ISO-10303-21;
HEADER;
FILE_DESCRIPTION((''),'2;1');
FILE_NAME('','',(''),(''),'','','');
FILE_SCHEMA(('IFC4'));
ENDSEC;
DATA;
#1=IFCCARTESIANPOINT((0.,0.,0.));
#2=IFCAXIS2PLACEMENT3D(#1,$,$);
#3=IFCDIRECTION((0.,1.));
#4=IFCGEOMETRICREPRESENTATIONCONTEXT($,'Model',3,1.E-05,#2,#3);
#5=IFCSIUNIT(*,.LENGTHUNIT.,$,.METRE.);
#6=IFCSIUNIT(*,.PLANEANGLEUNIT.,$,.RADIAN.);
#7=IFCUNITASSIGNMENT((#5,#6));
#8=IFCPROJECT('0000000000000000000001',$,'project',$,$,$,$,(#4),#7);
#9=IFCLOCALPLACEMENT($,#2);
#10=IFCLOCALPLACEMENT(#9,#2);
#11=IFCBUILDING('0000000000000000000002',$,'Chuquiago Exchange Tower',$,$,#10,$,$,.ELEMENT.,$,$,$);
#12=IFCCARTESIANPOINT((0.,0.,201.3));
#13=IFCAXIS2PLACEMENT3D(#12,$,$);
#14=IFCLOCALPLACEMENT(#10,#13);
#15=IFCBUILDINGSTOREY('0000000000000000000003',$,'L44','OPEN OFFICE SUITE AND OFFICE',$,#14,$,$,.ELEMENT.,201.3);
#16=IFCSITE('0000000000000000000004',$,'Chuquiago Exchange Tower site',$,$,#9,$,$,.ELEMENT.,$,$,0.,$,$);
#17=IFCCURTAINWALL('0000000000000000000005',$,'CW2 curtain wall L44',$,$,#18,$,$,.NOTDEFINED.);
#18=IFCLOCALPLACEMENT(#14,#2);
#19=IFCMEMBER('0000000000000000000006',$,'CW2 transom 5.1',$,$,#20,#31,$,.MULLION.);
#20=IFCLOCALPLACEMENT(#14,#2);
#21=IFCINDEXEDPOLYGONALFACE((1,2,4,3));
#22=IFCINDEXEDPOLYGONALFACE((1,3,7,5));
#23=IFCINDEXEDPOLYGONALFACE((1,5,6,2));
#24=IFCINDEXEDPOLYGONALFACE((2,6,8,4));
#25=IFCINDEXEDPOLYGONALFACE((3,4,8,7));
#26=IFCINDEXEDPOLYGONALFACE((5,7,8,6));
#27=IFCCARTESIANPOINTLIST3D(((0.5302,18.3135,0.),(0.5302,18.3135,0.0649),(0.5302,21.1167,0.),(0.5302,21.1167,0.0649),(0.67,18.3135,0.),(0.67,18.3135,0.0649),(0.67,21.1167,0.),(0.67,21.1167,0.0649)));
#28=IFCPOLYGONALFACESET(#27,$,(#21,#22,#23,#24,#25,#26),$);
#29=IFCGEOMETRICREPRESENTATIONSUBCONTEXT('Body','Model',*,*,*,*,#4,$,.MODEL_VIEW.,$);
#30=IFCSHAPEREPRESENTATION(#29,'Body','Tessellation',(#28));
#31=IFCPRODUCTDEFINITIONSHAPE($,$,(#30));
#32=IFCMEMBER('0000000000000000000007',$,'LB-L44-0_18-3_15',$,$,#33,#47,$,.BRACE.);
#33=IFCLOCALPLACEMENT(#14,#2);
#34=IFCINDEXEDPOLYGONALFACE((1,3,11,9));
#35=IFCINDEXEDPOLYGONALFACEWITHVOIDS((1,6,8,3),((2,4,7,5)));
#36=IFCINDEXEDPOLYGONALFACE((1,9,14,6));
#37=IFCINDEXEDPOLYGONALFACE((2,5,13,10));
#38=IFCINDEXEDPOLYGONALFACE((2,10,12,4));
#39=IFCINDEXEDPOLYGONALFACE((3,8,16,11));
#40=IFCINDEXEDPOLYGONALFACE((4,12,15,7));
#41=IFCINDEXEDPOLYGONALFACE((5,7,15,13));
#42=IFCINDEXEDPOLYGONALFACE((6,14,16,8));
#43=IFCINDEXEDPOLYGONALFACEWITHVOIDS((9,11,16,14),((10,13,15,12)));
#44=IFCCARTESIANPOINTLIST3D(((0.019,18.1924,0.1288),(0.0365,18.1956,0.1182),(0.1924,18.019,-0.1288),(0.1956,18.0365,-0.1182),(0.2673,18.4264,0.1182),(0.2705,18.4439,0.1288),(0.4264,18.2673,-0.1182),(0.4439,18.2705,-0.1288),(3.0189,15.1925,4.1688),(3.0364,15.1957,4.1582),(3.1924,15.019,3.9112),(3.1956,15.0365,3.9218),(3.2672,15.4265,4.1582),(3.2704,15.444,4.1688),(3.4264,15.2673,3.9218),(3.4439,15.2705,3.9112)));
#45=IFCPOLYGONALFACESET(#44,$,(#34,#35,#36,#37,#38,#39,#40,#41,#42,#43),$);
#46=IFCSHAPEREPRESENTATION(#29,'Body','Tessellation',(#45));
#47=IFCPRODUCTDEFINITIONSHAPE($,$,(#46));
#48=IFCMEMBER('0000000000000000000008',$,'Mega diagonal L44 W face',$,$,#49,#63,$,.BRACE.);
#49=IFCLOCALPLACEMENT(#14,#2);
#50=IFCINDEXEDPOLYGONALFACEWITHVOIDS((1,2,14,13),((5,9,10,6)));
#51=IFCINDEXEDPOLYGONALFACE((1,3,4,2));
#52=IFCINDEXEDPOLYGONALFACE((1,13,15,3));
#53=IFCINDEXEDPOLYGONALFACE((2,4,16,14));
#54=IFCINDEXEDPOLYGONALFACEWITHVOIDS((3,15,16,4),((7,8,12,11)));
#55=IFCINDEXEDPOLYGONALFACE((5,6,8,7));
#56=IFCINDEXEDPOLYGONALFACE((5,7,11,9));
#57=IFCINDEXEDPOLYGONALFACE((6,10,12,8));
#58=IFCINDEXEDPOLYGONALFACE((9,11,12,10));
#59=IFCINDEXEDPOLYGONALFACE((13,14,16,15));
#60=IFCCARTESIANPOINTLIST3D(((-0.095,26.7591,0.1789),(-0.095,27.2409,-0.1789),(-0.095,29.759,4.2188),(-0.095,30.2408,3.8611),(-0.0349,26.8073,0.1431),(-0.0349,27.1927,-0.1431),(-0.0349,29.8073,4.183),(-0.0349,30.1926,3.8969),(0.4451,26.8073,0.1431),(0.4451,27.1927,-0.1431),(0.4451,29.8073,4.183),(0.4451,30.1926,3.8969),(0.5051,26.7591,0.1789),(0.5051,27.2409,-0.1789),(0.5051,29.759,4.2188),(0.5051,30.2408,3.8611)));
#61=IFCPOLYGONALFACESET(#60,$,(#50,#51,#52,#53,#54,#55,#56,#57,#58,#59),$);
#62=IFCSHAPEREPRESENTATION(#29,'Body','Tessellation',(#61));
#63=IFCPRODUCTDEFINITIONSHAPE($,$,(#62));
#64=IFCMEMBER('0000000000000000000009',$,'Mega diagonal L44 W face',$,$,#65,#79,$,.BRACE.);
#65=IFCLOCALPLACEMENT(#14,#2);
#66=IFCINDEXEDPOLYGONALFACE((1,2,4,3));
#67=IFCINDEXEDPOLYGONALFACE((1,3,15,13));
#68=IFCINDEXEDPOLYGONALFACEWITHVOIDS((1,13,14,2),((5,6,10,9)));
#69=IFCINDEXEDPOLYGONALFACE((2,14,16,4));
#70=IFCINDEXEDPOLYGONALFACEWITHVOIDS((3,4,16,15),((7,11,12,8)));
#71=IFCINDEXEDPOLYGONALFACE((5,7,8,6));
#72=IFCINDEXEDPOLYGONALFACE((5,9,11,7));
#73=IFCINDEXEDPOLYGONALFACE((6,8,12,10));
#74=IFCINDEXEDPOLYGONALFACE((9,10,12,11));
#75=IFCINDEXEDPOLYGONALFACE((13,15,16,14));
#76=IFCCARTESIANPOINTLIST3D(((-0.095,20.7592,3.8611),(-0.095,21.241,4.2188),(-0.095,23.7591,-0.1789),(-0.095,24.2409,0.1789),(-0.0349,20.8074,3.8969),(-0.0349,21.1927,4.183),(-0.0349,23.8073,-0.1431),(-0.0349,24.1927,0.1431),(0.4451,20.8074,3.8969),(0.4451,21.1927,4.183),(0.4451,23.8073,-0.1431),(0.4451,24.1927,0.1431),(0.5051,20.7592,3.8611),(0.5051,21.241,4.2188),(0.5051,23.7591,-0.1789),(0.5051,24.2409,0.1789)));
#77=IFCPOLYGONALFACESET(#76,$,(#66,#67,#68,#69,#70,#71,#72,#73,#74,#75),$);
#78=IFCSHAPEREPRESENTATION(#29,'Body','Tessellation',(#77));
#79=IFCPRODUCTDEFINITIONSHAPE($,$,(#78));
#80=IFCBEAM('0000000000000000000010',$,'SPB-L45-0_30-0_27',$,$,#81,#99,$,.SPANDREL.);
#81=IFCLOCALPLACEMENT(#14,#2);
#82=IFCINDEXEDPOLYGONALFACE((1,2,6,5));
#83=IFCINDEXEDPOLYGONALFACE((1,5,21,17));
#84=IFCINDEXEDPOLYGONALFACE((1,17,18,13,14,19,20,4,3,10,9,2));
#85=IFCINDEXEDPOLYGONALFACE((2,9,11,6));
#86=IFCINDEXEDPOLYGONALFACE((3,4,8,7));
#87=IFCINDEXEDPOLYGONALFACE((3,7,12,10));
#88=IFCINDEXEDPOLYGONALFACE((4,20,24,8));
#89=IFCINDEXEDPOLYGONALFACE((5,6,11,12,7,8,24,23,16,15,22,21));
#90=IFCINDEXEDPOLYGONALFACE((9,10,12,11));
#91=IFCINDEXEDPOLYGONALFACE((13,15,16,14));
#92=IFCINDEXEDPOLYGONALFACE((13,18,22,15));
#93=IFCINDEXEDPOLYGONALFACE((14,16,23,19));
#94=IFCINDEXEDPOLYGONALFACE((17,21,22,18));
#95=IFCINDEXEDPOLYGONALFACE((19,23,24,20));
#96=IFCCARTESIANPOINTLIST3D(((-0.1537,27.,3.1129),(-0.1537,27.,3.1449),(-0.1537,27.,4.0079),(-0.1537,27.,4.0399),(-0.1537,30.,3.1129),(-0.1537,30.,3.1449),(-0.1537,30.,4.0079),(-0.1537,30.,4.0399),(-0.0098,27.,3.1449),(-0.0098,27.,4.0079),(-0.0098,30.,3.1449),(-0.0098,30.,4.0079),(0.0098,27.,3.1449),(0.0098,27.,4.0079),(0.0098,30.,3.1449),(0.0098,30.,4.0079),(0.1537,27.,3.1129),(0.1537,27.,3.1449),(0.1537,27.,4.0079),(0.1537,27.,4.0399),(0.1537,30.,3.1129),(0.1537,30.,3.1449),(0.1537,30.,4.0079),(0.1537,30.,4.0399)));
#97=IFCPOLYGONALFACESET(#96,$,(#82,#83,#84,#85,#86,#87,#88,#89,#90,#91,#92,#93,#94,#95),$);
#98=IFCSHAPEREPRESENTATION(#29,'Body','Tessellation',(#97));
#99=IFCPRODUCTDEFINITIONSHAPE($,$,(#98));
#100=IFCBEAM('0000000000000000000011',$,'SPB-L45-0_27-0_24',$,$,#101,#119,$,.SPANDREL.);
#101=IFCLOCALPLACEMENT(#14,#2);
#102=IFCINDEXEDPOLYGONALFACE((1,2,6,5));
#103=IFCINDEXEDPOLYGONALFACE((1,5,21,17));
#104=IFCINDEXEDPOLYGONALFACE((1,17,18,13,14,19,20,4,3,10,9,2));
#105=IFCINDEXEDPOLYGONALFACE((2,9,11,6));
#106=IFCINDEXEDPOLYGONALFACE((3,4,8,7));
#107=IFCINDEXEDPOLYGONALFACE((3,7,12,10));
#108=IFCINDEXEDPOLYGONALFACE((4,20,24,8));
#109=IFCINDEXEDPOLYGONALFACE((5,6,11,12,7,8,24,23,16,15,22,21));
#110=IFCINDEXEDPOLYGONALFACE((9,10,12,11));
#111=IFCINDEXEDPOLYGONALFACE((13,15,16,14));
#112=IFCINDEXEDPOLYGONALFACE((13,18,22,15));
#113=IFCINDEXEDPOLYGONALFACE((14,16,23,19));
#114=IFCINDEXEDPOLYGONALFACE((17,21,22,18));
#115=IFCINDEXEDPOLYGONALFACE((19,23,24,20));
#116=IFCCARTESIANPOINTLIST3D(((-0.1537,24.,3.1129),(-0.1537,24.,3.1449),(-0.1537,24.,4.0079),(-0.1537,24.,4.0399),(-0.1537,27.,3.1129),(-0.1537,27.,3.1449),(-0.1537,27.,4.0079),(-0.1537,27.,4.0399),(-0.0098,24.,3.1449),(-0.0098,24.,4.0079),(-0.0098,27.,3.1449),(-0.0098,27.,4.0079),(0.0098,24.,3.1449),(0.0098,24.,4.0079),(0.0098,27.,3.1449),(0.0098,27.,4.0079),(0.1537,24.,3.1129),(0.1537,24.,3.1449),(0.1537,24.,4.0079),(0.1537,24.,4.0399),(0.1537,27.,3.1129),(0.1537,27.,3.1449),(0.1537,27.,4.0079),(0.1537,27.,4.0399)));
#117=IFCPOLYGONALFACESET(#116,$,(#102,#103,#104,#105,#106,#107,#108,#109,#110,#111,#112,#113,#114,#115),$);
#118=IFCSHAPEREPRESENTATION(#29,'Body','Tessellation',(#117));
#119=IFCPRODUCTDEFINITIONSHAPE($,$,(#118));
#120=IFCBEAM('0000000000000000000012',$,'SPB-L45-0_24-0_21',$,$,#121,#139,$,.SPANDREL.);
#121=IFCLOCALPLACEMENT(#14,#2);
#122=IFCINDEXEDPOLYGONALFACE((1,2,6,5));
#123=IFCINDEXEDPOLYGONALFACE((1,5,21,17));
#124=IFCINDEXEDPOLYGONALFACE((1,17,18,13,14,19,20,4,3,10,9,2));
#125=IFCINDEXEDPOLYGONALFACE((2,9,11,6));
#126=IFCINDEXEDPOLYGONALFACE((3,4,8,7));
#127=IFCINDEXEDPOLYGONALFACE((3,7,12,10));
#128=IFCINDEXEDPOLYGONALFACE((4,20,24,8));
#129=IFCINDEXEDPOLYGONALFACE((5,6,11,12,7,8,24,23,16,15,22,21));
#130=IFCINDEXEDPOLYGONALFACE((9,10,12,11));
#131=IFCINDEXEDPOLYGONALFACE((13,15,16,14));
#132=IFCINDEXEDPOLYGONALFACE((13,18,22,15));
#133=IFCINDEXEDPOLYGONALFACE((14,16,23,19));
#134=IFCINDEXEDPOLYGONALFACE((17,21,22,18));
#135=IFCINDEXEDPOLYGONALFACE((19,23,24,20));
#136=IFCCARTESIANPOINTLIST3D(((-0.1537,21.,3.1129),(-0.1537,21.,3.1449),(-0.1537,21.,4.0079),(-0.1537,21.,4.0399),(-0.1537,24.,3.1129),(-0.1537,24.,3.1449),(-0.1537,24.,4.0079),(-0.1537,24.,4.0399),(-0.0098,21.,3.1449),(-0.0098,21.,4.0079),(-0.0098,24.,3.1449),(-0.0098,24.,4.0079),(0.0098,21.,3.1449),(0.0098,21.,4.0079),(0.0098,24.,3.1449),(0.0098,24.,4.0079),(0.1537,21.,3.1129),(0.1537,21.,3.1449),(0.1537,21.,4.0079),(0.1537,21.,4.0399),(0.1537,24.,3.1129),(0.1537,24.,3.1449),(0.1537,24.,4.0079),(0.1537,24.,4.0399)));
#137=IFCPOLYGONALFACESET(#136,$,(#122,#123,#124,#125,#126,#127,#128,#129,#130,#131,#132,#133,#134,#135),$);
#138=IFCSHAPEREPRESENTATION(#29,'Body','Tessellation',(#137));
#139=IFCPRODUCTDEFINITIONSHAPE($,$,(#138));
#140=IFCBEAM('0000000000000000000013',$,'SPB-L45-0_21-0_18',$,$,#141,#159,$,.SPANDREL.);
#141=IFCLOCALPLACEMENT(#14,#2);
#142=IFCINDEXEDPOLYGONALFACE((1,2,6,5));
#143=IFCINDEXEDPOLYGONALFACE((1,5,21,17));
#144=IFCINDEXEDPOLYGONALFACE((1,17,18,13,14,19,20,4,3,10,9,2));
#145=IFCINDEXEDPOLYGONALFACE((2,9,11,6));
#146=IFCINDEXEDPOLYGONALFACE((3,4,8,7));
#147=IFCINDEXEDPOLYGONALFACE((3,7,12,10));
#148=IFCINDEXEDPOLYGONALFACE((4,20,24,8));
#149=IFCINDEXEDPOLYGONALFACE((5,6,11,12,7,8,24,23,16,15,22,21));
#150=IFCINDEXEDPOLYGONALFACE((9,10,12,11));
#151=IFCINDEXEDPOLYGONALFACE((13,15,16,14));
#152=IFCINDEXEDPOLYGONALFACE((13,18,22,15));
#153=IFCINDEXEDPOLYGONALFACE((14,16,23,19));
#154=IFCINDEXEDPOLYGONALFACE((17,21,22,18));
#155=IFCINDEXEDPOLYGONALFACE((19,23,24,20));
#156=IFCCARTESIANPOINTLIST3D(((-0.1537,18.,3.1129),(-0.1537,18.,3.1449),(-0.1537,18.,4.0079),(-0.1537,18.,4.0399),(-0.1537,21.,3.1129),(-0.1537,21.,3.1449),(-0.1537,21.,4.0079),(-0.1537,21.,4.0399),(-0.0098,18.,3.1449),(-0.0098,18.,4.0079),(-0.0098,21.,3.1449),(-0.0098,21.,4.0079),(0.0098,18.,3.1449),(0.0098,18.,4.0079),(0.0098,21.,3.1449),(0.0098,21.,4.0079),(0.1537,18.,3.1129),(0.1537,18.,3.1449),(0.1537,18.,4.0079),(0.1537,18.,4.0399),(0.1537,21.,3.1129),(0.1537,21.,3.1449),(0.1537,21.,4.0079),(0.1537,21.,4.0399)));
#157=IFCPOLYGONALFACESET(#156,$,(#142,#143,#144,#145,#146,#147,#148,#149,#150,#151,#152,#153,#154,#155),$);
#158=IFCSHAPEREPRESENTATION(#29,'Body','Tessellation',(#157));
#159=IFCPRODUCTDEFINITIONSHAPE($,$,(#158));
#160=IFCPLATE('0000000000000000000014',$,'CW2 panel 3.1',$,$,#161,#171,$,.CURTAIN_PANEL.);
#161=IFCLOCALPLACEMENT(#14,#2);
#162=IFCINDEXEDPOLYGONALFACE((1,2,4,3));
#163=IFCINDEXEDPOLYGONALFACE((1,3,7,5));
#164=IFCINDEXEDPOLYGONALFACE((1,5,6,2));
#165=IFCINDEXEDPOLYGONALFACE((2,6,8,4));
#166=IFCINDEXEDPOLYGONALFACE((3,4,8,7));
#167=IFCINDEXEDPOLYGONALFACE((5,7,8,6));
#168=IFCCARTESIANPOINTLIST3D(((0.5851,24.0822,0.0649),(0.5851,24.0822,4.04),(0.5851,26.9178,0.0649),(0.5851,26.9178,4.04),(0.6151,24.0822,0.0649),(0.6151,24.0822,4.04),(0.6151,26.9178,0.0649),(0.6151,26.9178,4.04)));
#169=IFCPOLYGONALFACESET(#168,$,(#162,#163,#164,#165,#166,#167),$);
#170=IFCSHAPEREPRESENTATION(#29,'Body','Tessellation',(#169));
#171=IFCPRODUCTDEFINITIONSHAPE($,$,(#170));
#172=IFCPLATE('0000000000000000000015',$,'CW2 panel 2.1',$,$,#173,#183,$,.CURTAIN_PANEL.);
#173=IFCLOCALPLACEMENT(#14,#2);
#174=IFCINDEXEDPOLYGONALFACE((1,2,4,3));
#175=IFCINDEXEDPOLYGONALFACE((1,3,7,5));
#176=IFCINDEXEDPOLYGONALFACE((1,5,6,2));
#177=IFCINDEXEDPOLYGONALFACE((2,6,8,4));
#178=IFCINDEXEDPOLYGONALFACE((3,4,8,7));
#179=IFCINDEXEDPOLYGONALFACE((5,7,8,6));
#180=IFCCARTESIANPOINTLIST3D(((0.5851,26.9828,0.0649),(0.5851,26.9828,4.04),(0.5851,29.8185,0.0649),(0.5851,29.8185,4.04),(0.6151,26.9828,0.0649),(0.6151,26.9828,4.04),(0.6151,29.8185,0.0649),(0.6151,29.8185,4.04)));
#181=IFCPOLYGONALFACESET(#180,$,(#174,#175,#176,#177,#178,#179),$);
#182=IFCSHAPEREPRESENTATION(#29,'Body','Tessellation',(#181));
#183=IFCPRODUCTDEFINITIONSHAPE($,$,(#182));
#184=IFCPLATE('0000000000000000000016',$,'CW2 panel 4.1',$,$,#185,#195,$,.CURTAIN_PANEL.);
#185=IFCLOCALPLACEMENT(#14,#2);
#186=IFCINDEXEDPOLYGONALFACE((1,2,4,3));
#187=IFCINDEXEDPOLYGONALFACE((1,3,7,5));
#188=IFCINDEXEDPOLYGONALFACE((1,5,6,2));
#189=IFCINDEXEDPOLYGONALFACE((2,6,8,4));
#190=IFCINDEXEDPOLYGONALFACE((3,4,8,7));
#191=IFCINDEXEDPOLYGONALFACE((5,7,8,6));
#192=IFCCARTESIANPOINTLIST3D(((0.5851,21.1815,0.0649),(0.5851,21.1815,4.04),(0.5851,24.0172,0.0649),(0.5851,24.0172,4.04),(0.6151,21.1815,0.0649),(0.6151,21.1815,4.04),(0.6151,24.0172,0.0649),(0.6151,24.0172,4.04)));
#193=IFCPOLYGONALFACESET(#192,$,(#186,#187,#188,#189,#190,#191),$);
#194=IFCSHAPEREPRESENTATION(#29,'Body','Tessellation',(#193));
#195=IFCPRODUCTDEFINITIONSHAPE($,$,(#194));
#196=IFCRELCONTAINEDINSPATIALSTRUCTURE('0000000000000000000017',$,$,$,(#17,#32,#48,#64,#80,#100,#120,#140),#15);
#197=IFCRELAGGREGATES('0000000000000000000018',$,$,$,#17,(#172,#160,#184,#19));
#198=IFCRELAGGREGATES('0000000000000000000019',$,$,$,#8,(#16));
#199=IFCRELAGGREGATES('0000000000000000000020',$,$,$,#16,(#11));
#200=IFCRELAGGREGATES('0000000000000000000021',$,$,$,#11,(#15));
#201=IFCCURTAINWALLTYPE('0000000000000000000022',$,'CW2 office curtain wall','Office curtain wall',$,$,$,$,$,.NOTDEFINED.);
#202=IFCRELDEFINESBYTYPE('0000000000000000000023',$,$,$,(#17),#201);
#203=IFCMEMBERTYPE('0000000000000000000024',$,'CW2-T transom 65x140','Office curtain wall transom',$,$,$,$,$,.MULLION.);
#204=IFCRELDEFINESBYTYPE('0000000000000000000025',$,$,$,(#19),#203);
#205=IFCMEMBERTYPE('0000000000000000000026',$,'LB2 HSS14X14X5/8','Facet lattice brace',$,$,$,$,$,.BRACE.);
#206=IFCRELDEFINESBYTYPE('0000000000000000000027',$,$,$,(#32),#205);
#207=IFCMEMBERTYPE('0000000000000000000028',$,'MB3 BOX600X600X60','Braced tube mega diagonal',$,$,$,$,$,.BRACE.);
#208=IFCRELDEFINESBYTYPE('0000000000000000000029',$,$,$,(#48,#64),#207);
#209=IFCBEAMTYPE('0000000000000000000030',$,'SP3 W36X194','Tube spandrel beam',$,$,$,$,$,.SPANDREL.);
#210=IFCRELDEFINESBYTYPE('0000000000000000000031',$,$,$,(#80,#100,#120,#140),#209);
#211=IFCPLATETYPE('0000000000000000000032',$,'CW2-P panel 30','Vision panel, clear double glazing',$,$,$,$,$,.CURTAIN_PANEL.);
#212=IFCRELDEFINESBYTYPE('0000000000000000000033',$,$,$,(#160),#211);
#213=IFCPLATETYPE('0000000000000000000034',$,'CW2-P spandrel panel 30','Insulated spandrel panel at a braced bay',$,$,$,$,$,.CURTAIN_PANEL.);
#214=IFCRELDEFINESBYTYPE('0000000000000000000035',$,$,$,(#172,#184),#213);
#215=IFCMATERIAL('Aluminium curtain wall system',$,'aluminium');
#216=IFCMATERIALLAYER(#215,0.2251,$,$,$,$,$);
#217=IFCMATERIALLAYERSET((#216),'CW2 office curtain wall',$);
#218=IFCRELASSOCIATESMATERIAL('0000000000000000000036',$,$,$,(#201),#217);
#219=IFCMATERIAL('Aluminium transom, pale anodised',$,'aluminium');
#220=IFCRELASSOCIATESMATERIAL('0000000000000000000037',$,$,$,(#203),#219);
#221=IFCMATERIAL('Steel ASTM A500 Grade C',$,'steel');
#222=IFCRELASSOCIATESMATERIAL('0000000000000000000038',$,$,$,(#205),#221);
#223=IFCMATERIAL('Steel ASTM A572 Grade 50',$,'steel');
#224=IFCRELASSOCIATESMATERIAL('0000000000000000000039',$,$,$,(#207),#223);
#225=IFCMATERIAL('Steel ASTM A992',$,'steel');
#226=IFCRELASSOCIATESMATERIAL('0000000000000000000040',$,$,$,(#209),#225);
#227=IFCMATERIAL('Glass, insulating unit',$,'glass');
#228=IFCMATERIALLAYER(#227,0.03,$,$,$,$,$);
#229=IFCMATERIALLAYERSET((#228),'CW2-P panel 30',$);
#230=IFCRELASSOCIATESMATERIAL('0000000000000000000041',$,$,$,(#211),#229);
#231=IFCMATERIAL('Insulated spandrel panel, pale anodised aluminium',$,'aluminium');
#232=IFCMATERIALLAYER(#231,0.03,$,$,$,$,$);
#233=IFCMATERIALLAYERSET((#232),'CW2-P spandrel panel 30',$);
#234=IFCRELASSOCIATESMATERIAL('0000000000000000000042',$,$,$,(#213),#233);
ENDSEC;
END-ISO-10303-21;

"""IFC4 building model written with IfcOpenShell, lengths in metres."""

from ifc_helpers import new_model, si_unit, direction, frame, origin, origin_2d, place, context, subcontext, project, spatial, rectangle, hollow_rectangle, i_section, extrude, material, layer, layer_set, material_profile, profile_set, type_object, element, aggregate, save


model = new_model("IFC4")

# Units and contexts
model_context = context("Model", 3, precision=1e-05, world=origin(), true_north=direction((0.0, 1.0)))
body_context = subcontext(model_context, "Body", "Model", "MODEL_VIEW")
ifc_project = project(units=[si_unit("LENGTHUNIT", "METRE"), si_unit("PLANEANGLEUNIT", "RADIAN")], contexts=[model_context])

# Site, building, storey
site_placement = place(None, origin())
site = spatial("IfcSite", under=ifc_project, at=site_placement, Name="Chuquiago Exchange Tower site", CompositionType="ELEMENT", RefElevation=0.0)
building_placement = place(site_placement, origin())
building = spatial("IfcBuilding", under=site, at=building_placement, Name="Chuquiago Exchange Tower", CompositionType="ELEMENT")
storey_placement = place(building_placement, frame((0.0, 0.0, 201.3)))
storey = spatial("IfcBuildingStorey", under=building, at=storey_placement, Name="L44", Description="OPEN OFFICE SUITE AND OFFICE", CompositionType="ELEMENT", Elevation=201.3)

# Curtain wall, member
ifc_material_1 = material(Name="Aluminium curtain wall system", Category="aluminium")
ifc_layer_1 = layer(ifc_material_1, 0.2251)
ifc_layer_set_1 = layer_set([ifc_layer_1], Name="CW2 office curtain wall")
curtain_wall_type = type_object("IfcCurtainWallType", Name="CW2 office curtain wall", Description="Office curtain wall", PredefinedType="NOTDEFINED", material=ifc_layer_set_1)
curtain_wall_placement = place(storey_placement, origin())
curtain_wall = element("IfcCurtainWall", 1, at=curtain_wall_placement, inside=storey, type_object=curtain_wall_type, Name="CW2 curtain wall L44", PredefinedType="NOTDEFINED")
ifc_material_2 = material(Name="Aluminium transom, pale anodised", Category="aluminium")
ifc_material_profile_1 = material_profile(ifc_material_2, rectangle(XDim=0.1399, YDim=0.0649, at=origin_2d()), Name="AL 140x65")
ifc_profile_set_1 = profile_set([ifc_material_profile_1], Name="Aluminium transom, pale anodised")
member_type_1 = type_object("IfcMemberType", Name="CW2-T transom 65x140", Description="Office curtain wall transom", PredefinedType="MULLION", material=ifc_profile_set_1)
member_1_placement = place(storey_placement, frame((0.6001, 21.1167, 0.0325), z_axis=(0.0, -1.0, 0.0), x_axis=(1.0, 0.0, 0.0)))
member_1 = element("IfcMember", 2, at=member_1_placement, type_object=member_type_1, Name="CW2 transom 5.1", PredefinedType="MULLION", context=body_context, shape_type="SweptSolid", body=[
    extrude(rectangle(XDim=0.1399, YDim=0.0649, at=origin_2d()), origin(), (0.0, 0.0, 1.0), 2.8032),
])

# Members
ifc_material_3 = material(Name="Steel ASTM A500 Grade C", Category="steel")
ifc_material_profile_2 = material_profile(ifc_material_3, hollow_rectangle(XDim=0.3557, YDim=0.3557, WallThickness=0.0146, at=origin_2d()), Name="HSS14X14X5/8")
ifc_profile_set_2 = profile_set([ifc_material_profile_2], Name="Steel ASTM A500 Grade C")
member_type_2 = type_object("IfcMemberType", Name="LB2 HSS14X14X5/8", Description="Facet lattice brace", PredefinedType="BRACE", material=ifc_profile_set_2)
member_2_placement = place(storey_placement, frame((0.2314, 18.2314, 0.0), z_axis=(0.512077, -0.512077, 0.689604), x_axis=(0.707107, 0.707107, 0.0)))
element("IfcMember", 3, at=member_2_placement, inside=storey, type_object=member_type_2, Name="LB-L44-0_18-3_15", PredefinedType="BRACE", context=body_context, shape_type="SweptSolid", body=[
    extrude(hollow_rectangle(XDim=0.3557, YDim=0.3557, WallThickness=0.0146, at=origin_2d()), origin(), (0.0, 0.0, 1.0), 5.8584),
])
ifc_material_4 = material(Name="Steel ASTM A572 Grade 50", Category="steel")
ifc_material_profile_3 = material_profile(ifc_material_4, hollow_rectangle(XDim=0.6001, YDim=0.6001, WallThickness=0.0601, at=origin_2d()), Name="BOX600X600X60")
ifc_profile_set_3 = profile_set([ifc_material_profile_3], Name="Steel ASTM A572 Grade 50")
member_type_3 = type_object("IfcMemberType", Name="MB3 BOX600X600X60", Description="Braced tube mega diagonal", PredefinedType="BRACE", material=ifc_profile_set_3)
for number, where, z_axis, x_axis, name in (
    (4, (0.2051, 27.0, 0.0), (0.0, 0.596174, 0.802855), (-1.0, 0.0, 0.0), "Mega diagonal L44 W face"),
    (5, (0.2051, 24.0, 0.0), (0.0, -0.596174, 0.802855), (1.0, 0.0, 0.0), "Mega diagonal L44 W face"),
):
    element("IfcMember", number, at=place(storey_placement, frame(where, z_axis=z_axis, x_axis=x_axis)), inside=storey, type_object=member_type_3, Name=name, PredefinedType="BRACE", context=body_context, shape_type="SweptSolid", body=[
        extrude(hollow_rectangle(XDim=0.6001, YDim=0.6001, WallThickness=0.0601, at=origin_2d()), origin(), (0.0, 0.0, 1.0), 5.032),
    ])

# Beams
ifc_material_5 = material(Name="Steel ASTM A992", Category="steel")
ifc_material_profile_4 = material_profile(ifc_material_5, i_section(OverallWidth=0.3074, OverallDepth=0.927, WebThickness=0.0195, FlangeThickness=0.032, at=origin_2d()), Name="W36X194")
ifc_profile_set_4 = profile_set([ifc_material_profile_4], Name="Steel ASTM A992")
beam_type = type_object("IfcBeamType", Name="SP3 W36X194", Description="Tube spandrel beam", PredefinedType="SPANDREL", material=ifc_profile_set_4)
for number, where, z_axis, x_axis, name in (
    (6, (0.0, 30.0, 3.5764), (0.0, -1.0, 0.0), (1.0, 0.0, 0.0), "SPB-L45-0_30-0_27"),
    (7, (0.0, 27.0, 3.5764), (0.0, -1.0, 0.0), (1.0, 0.0, 0.0), "SPB-L45-0_27-0_24"),
    (8, (0.0, 24.0, 3.5764), (0.0, -1.0, 0.0), (1.0, 0.0, 0.0), "SPB-L45-0_24-0_21"),
    (9, (0.0, 21.0, 3.5764), (0.0, -1.0, 0.0), (1.0, 0.0, 0.0), "SPB-L45-0_21-0_18"),
):
    element("IfcBeam", number, at=place(storey_placement, frame(where, z_axis=z_axis, x_axis=x_axis)), inside=storey, type_object=beam_type, Name=name, PredefinedType="SPANDREL", context=body_context, shape_type="SweptSolid", body=[
        extrude(i_section(OverallWidth=0.3074, OverallDepth=0.927, WebThickness=0.0195, FlangeThickness=0.032, at=origin_2d()), origin(), (0.0, 0.0, 1.0), 3.0),
    ])

# Plates
ifc_material_6 = material(Name="Glass, insulating unit", Category="glass")
ifc_layer_2 = layer(ifc_material_6, 0.03)
ifc_layer_set_2 = layer_set([ifc_layer_2], Name="CW2-P panel 30")
plate_type_1 = type_object("IfcPlateType", Name="CW2-P panel 30", Description="Vision panel, clear double glazing", PredefinedType="CURTAIN_PANEL", material=ifc_layer_set_2)
plate_1_placement = place(storey_placement, frame((0.6001, 25.5, 0.0649), z_axis=(0.0, 0.0, 1.0), x_axis=(0.0, -1.0, 0.0)))
plate_1 = element("IfcPlate", 10, at=plate_1_placement, type_object=plate_type_1, Name="CW2 panel 3.1", PredefinedType="CURTAIN_PANEL", context=body_context, shape_type="SweptSolid", body=[
    extrude(rectangle(XDim=2.8357, YDim=0.03, at=origin_2d()), origin(), (0.0, 0.0, 1.0), 3.9751),
])
ifc_material_7 = material(Name="Insulated spandrel panel, pale anodised aluminium", Category="aluminium")
ifc_layer_3 = layer(ifc_material_7, 0.03)
ifc_layer_set_3 = layer_set([ifc_layer_3], Name="CW2-P spandrel panel 30")
plate_type_2 = type_object("IfcPlateType", Name="CW2-P spandrel panel 30", Description="Insulated spandrel panel at a braced bay", PredefinedType="CURTAIN_PANEL", material=ifc_layer_set_3)
plate_2_placement = place(storey_placement, frame((0.6001, 28.4006, 0.0649), z_axis=(0.0, 0.0, 1.0), x_axis=(0.0, -1.0, 0.0)))
plate_2 = element("IfcPlate", 11, at=plate_2_placement, type_object=plate_type_2, Name="CW2 panel 2.1", PredefinedType="CURTAIN_PANEL", context=body_context, shape_type="SweptSolid", body=[
    extrude(rectangle(XDim=2.8357, YDim=0.03, at=origin_2d()), origin(), (0.0, 0.0, 1.0), 3.9751),
])
plate_3_placement = place(storey_placement, frame((0.6001, 22.5994, 0.0649), z_axis=(0.0, 0.0, 1.0), x_axis=(0.0, -1.0, 0.0)))
plate_3 = element("IfcPlate", 12, at=plate_3_placement, type_object=plate_type_2, Name="CW2 panel 4.1", PredefinedType="CURTAIN_PANEL", context=body_context, shape_type="SweptSolid", body=[
    extrude(rectangle(XDim=2.8357, YDim=0.03, at=origin_2d()), origin(), (0.0, 0.0, 1.0), 3.9751),
])
aggregate(curtain_wall, [plate_2, plate_1, plate_3, member_1])

save(model, "model.ifc")
